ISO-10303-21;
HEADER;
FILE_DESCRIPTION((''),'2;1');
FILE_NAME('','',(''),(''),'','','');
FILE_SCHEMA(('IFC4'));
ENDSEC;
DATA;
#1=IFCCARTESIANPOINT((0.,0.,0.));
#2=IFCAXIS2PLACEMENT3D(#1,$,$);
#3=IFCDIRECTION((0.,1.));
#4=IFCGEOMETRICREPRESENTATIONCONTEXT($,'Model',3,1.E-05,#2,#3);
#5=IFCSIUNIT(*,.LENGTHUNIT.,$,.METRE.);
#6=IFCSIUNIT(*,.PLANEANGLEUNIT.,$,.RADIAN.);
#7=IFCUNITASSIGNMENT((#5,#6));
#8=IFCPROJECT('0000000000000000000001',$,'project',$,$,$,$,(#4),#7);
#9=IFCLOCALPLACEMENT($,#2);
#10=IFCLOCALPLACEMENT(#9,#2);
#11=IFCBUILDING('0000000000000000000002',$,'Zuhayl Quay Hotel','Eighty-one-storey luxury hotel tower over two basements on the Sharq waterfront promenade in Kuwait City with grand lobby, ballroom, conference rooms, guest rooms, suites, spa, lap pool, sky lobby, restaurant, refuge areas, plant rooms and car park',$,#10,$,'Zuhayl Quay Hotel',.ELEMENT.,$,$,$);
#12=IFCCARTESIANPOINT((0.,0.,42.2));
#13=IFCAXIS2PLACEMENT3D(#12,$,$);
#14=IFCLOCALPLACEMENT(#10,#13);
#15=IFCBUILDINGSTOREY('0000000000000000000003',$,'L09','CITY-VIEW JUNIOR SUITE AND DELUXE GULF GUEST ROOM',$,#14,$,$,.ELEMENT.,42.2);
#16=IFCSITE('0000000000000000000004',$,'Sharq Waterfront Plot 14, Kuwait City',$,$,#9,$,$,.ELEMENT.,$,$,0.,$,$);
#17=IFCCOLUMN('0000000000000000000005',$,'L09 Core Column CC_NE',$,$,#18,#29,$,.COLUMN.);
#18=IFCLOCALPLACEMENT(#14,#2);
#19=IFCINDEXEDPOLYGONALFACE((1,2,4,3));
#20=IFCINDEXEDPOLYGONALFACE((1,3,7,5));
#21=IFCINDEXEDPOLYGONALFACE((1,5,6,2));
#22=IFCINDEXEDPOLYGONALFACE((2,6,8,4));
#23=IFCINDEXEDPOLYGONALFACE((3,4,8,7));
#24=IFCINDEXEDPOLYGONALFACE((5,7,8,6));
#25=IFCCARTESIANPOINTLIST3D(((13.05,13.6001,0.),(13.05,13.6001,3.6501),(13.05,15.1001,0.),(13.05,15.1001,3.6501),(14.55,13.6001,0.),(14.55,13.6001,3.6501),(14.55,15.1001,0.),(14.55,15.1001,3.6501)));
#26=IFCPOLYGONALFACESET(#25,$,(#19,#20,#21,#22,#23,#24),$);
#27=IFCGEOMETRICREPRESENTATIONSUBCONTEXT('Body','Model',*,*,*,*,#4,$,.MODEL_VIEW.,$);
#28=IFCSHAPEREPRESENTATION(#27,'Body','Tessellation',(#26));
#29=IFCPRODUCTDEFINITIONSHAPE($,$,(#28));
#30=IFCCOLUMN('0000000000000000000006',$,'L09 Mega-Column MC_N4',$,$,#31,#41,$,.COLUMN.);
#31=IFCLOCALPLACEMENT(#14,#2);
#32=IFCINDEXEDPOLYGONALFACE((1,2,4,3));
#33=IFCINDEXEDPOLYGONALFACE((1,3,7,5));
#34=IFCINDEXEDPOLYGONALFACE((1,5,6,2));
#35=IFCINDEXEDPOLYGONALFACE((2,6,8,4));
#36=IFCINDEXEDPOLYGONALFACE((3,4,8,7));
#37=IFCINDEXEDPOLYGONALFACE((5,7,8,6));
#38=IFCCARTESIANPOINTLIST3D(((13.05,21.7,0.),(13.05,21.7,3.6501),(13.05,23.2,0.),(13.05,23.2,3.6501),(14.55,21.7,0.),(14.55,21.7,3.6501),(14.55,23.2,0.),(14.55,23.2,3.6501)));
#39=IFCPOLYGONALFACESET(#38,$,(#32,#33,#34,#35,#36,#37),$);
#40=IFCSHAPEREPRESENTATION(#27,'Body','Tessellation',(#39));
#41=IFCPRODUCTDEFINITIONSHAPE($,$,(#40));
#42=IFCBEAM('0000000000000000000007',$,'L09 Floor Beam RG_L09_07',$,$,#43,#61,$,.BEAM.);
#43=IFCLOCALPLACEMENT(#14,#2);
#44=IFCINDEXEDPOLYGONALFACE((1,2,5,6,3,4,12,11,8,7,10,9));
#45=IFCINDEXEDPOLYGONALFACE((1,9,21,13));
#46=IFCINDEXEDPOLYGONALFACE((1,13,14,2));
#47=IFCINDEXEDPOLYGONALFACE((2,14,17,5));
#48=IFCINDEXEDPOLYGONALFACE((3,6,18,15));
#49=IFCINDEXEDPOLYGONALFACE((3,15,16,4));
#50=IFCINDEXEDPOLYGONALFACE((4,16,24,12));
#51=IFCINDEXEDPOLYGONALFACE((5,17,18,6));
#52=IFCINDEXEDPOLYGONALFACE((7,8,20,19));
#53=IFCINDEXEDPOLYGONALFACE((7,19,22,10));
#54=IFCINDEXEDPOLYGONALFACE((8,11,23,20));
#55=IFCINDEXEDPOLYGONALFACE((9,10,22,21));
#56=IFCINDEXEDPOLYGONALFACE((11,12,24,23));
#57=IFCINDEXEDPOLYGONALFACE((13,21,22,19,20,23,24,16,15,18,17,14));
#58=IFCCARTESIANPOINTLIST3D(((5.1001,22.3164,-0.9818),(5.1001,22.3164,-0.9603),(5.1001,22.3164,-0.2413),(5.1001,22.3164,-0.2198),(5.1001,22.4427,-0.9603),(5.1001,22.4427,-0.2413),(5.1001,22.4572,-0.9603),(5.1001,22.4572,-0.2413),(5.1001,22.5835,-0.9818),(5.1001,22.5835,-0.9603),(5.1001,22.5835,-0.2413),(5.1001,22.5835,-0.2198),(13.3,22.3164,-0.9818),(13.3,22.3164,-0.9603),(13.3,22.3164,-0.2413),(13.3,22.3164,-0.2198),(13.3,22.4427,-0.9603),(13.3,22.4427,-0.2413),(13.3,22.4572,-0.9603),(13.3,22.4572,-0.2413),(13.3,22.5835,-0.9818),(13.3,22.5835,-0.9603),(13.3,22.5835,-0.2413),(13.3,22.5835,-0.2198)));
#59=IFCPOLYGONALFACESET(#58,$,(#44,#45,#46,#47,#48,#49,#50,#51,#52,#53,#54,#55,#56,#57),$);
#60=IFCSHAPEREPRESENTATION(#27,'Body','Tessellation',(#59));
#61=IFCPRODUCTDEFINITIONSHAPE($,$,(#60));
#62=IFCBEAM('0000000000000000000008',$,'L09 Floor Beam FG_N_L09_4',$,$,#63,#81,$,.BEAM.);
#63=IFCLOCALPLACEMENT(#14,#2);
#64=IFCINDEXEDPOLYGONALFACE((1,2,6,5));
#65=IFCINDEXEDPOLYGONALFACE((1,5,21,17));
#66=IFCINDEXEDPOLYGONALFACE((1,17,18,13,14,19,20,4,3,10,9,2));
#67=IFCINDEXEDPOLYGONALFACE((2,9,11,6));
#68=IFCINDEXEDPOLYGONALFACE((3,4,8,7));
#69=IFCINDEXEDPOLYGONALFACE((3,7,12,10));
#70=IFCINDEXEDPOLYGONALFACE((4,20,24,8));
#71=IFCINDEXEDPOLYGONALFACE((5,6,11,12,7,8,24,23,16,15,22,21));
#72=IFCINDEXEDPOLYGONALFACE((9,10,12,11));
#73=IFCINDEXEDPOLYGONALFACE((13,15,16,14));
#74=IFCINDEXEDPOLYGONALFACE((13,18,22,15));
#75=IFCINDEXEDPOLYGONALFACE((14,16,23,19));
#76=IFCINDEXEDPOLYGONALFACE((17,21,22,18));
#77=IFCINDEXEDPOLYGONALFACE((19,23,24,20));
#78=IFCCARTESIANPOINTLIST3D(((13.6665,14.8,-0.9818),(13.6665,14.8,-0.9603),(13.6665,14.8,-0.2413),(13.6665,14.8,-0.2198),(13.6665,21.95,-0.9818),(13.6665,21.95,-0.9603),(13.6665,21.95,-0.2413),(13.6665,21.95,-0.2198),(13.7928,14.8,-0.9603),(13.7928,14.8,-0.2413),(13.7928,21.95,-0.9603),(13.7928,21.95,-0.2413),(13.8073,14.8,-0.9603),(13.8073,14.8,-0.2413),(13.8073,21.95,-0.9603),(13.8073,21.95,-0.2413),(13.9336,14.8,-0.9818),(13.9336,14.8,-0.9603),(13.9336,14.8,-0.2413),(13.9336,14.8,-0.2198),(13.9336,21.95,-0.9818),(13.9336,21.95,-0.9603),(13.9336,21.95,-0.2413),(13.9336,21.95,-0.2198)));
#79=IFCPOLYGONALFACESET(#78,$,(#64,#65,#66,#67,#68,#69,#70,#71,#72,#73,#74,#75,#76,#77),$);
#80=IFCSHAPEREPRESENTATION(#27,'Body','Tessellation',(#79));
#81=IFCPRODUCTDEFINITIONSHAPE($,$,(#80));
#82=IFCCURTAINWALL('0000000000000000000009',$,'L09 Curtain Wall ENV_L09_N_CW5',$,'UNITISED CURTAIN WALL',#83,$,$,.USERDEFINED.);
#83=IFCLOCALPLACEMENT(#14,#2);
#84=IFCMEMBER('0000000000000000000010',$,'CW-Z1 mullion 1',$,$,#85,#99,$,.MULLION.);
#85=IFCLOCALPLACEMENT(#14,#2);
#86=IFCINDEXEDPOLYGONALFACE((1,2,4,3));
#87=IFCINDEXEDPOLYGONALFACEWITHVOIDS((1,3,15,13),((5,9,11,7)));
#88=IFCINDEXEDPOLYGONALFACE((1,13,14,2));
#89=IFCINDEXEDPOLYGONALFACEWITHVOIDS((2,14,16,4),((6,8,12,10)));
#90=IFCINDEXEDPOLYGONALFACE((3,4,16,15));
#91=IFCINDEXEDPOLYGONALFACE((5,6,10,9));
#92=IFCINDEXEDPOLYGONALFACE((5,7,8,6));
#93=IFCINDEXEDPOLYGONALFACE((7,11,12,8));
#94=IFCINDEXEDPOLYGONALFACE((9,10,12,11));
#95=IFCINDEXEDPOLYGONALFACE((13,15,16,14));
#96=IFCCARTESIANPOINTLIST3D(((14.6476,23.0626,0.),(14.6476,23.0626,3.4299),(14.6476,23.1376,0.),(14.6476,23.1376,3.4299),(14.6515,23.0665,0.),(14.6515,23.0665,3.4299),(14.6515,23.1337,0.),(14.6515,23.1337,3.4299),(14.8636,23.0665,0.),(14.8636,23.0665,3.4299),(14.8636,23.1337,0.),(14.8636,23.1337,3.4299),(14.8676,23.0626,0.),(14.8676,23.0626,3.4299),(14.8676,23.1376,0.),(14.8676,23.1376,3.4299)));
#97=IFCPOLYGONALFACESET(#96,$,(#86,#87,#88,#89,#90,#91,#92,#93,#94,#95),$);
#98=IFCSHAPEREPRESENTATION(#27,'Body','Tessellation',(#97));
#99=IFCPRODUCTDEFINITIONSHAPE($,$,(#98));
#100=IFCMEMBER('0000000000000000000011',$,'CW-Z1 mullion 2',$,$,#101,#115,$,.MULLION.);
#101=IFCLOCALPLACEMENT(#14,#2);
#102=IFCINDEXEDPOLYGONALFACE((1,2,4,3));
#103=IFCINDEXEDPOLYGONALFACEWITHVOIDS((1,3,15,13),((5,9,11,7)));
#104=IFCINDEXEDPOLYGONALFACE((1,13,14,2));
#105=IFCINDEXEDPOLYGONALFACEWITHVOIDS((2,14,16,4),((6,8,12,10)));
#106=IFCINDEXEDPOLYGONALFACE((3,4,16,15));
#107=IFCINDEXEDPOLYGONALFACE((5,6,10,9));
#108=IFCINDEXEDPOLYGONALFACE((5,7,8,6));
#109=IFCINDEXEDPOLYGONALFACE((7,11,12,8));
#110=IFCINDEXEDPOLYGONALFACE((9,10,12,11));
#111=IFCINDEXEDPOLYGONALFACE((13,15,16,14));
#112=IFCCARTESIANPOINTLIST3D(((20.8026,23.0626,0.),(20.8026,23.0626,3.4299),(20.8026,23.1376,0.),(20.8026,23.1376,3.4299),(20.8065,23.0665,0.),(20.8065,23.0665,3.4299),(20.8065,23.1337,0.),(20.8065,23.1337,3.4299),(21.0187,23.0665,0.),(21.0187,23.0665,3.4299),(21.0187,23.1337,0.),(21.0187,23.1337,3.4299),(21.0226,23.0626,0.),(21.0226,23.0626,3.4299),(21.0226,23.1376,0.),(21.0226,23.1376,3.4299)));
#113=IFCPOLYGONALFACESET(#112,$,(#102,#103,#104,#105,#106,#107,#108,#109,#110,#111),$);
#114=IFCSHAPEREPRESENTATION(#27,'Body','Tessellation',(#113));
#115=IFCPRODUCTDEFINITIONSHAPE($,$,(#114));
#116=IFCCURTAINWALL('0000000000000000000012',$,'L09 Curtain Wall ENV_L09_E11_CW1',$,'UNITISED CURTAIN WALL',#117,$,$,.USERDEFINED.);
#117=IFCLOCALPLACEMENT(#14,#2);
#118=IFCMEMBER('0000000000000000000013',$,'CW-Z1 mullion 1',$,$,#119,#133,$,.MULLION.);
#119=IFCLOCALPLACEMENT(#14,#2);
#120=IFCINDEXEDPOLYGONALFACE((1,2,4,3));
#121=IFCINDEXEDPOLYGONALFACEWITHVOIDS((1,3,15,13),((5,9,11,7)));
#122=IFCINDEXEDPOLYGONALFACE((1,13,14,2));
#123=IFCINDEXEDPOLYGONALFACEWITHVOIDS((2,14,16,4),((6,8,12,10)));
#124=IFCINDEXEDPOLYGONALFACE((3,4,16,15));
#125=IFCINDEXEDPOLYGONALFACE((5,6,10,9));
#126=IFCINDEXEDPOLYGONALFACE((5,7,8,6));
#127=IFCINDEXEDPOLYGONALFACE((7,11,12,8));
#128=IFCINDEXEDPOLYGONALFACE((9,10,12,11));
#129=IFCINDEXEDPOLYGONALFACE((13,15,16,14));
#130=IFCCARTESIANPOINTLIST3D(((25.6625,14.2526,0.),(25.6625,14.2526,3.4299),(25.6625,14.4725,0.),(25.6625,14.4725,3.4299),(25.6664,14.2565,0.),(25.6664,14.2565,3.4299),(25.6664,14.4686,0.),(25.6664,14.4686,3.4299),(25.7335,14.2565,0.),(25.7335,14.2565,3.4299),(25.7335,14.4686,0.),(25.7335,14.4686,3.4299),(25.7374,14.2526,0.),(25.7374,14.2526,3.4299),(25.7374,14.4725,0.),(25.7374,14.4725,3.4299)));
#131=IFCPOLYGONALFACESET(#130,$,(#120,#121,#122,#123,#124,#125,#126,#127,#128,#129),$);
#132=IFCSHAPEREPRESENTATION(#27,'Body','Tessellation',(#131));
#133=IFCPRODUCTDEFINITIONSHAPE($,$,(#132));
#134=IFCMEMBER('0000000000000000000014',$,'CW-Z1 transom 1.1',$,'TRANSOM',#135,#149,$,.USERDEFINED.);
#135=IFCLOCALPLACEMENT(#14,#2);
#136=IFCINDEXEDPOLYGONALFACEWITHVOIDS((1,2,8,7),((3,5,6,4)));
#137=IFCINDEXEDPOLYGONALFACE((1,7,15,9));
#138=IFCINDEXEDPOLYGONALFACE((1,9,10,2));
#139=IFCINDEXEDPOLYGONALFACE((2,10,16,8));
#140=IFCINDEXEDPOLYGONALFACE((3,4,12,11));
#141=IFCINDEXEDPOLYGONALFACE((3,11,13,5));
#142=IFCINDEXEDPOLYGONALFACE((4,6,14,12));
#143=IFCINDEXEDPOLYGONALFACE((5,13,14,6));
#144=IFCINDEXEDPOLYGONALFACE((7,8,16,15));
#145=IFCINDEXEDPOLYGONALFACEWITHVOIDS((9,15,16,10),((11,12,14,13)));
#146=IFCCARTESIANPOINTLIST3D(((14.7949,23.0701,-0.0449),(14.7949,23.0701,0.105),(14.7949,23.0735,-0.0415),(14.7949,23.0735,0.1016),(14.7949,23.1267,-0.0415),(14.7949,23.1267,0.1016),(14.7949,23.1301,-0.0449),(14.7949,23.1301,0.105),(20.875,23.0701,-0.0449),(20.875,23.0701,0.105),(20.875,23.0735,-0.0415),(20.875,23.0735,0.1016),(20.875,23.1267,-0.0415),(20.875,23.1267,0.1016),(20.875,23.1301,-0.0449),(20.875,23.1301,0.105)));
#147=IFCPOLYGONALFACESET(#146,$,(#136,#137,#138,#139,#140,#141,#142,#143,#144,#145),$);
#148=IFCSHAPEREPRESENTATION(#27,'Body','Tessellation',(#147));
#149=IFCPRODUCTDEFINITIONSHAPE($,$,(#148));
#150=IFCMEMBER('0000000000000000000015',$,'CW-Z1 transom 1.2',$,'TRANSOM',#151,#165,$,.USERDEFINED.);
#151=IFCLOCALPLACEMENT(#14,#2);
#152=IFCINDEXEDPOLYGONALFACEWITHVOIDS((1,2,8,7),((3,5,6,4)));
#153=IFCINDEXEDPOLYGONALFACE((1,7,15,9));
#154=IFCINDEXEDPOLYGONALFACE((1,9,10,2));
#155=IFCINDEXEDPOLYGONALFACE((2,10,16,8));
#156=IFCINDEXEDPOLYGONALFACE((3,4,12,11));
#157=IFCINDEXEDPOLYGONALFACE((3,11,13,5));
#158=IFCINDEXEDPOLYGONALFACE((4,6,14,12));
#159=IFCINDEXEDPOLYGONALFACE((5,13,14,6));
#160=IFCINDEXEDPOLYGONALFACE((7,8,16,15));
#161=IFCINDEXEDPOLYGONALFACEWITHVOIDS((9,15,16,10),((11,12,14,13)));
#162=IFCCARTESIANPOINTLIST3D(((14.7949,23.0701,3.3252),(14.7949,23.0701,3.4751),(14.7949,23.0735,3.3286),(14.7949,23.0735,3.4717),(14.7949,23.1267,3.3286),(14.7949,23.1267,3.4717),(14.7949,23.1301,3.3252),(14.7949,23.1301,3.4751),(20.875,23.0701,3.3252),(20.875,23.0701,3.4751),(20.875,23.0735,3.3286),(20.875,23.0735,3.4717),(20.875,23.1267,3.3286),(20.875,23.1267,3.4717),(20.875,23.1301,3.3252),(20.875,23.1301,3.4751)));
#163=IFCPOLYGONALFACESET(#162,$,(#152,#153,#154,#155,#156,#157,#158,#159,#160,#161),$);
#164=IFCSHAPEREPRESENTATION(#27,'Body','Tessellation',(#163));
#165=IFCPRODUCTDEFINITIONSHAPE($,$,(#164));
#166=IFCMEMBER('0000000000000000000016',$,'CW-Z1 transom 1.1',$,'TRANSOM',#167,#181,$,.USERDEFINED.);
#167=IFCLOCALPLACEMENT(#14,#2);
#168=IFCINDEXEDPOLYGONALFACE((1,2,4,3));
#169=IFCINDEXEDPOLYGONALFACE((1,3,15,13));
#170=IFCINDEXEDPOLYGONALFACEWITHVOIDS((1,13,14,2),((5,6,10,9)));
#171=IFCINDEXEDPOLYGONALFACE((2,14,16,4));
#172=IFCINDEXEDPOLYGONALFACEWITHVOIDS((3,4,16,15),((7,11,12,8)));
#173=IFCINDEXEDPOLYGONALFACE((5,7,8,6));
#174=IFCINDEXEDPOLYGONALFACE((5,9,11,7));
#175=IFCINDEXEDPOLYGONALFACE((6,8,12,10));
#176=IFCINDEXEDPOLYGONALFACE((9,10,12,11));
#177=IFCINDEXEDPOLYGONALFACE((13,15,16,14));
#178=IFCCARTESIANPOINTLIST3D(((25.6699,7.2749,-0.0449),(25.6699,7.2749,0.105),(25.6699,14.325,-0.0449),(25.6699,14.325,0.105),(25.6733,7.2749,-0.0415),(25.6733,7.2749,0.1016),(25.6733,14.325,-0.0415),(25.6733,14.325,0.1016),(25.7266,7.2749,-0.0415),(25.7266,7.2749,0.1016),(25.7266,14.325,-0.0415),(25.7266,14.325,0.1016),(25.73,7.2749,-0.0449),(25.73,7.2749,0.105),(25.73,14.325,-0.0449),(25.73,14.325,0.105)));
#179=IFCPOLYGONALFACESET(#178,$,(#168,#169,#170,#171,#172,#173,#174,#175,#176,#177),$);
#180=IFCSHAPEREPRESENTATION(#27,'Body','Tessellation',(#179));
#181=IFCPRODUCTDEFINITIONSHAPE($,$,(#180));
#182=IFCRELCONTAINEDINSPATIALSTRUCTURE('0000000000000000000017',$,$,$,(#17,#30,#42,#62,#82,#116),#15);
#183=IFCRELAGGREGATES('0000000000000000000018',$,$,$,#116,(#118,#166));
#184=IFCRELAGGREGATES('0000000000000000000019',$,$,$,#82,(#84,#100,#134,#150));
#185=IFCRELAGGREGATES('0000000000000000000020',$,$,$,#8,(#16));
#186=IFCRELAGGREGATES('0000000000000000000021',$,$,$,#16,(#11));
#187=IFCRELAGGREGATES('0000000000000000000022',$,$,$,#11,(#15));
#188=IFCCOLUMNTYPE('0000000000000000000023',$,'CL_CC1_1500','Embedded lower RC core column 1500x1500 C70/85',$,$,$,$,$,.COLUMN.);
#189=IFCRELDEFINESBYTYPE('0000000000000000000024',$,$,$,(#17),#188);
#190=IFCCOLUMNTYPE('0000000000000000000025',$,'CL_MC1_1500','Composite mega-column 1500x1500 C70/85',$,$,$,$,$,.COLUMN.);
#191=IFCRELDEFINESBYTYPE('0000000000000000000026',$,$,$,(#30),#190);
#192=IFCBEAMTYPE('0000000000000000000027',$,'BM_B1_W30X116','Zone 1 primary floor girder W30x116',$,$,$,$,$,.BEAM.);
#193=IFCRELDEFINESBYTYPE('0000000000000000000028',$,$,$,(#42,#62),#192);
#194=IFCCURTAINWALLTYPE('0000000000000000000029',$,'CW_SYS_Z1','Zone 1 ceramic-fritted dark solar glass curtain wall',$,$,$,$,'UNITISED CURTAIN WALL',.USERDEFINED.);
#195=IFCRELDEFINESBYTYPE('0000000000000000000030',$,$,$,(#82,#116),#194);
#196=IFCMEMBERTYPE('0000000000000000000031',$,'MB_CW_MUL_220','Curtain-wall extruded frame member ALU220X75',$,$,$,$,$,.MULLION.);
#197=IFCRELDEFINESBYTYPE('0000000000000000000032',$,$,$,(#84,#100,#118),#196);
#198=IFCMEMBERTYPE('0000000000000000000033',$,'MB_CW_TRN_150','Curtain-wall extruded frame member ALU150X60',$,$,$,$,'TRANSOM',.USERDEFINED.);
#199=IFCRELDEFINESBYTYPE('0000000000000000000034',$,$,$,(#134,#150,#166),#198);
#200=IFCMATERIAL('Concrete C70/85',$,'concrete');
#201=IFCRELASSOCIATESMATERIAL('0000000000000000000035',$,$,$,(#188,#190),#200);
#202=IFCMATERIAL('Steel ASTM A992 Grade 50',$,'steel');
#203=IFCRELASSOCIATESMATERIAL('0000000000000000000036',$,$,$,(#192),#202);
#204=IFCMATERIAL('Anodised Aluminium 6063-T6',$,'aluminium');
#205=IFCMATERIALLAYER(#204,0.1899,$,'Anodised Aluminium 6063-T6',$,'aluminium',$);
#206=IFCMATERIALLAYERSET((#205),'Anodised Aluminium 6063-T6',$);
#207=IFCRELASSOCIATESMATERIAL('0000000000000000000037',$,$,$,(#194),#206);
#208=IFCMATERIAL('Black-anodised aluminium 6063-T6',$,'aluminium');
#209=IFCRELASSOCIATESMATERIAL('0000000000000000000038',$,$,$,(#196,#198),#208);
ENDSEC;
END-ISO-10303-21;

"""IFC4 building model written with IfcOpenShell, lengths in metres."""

from ifc_helpers import new_model, si_unit, direction, frame, origin, origin_2d, place, context, subcontext, project, spatial, rectangle, hollow_rectangle, i_section, extrude, material, layer, layer_set, material_profile, profile_set, type_object, element, aggregate, save


model = new_model("IFC4")

# Units and contexts
model_context = context("Model", 3, precision=1e-05, world=origin(), true_north=direction((0.0, 1.0)))
body_context = subcontext(model_context, "Body", "Model", "MODEL_VIEW")
ifc_project = project(units=[si_unit("LENGTHUNIT", "METRE"), si_unit("PLANEANGLEUNIT", "RADIAN")], contexts=[model_context])

# Site, building, storey
site_placement = place(None, origin())
site = spatial("IfcSite", under=ifc_project, at=site_placement, Name="Sharq Waterfront Plot 14, Kuwait City", CompositionType="ELEMENT", RefElevation=0.0)
building_placement = place(site_placement, origin())
building = spatial("IfcBuilding", under=site, at=building_placement, Name="Zuhayl Quay Hotel", Description="Eighty-one-storey luxury hotel tower over two basements on the Sharq waterfront promenade in Kuwait City with grand lobby, ballroom, conference rooms, guest rooms, suites, spa, lap pool, sky lobby, restaurant, refuge areas, plant rooms and car park", LongName="Zuhayl Quay Hotel", CompositionType="ELEMENT")
storey_placement = place(building_placement, frame((0.0, 0.0, 42.2)))
storey = spatial("IfcBuildingStorey", under=building, at=storey_placement, Name="L09", Description="CITY-VIEW JUNIOR SUITE AND DELUXE GULF GUEST ROOM", CompositionType="ELEMENT", Elevation=42.2)

# Columns
ifc_material_1 = material(Name="Concrete C70/85", Category="concrete")
ifc_material_profile_1 = material_profile(ifc_material_1, rectangle(XDim=1.5, YDim=1.5, at=origin_2d()), Name="RC1500X1500")
ifc_profile_set_1 = profile_set([ifc_material_profile_1], Name="Concrete C70/85")
column_type_1 = type_object("IfcColumnType", Name="CL_CC1_1500", Description="Embedded lower RC core column 1500x1500 C70/85", PredefinedType="COLUMN", material=ifc_profile_set_1)
column_1_placement = place(storey_placement, frame((13.8, 14.3501, 0.0), z_axis=(0.0, 0.0, 1.0), x_axis=(1.0, 0.0, 0.0)))
element("IfcColumn", 1, at=column_1_placement, inside=storey, type_object=column_type_1, Name="L09 Core Column CC_NE", PredefinedType="COLUMN", context=body_context, shape_type="SweptSolid", body=[
    extrude(rectangle(XDim=1.5, YDim=1.5, at=origin_2d()), origin(), (0.0, 0.0, 1.0), 3.6501),
])
ifc_material_profile_2 = material_profile(ifc_material_1, rectangle(XDim=1.5, YDim=1.5, at=origin_2d()), Name="RC1500X1500")
ifc_profile_set_2 = profile_set([ifc_material_profile_2], Name="Concrete C70/85")
column_type_2 = type_object("IfcColumnType", Name="CL_MC1_1500", Description="Composite mega-column 1500x1500 C70/85", PredefinedType="COLUMN", material=ifc_profile_set_2)
column_2_placement = place(storey_placement, frame((13.8, 22.45, 0.0), z_axis=(0.0, 0.0, 1.0), x_axis=(1.0, 0.0, 0.0)))
element("IfcColumn", 2, at=column_2_placement, inside=storey, type_object=column_type_2, Name="L09 Mega-Column MC_N4", PredefinedType="COLUMN", context=body_context, shape_type="SweptSolid", body=[
    extrude(rectangle(XDim=1.5, YDim=1.5, at=origin_2d()), origin(), (0.0, 0.0, 1.0), 3.6501),
])

# Beams
ifc_material_2 = material(Name="Steel ASTM A992 Grade 50", Category="steel")
ifc_material_profile_3 = material_profile(ifc_material_2, i_section(OverallWidth=0.2671, OverallDepth=0.762, WebThickness=0.0144, FlangeThickness=0.0215, at=origin_2d()), Name="W30X116")
ifc_profile_set_3 = profile_set([ifc_material_profile_3], Name="Steel ASTM A992 Grade 50")
beam_type = type_object("IfcBeamType", Name="BM_B1_W30X116", Description="Zone 1 primary floor girder W30x116", PredefinedType="BEAM", material=ifc_profile_set_3)
beam_1_placement = place(storey_placement, frame((13.3, 22.45, -0.6008), z_axis=(-1.0, 0.0, 0.0), x_axis=(0.0, -1.0, 0.0)))
element("IfcBeam", 3, at=beam_1_placement, inside=storey, type_object=beam_type, Name="L09 Floor Beam RG_L09_07", PredefinedType="BEAM", context=body_context, shape_type="SweptSolid", body=[
    extrude(i_section(OverallWidth=0.2671, OverallDepth=0.762, WebThickness=0.0144, FlangeThickness=0.0215, at=origin_2d()), origin(), (0.0, 0.0, 1.0), 8.2),
])
beam_2_placement = place(storey_placement, frame((13.8, 14.8, -0.6008), z_axis=(0.0, 1.0, 0.0), x_axis=(-1.0, 0.0, 0.0)))
element("IfcBeam", 4, at=beam_2_placement, inside=storey, type_object=beam_type, Name="L09 Floor Beam FG_N_L09_4", PredefinedType="BEAM", context=body_context, shape_type="SweptSolid", body=[
    extrude(i_section(OverallWidth=0.2671, OverallDepth=0.762, WebThickness=0.0144, FlangeThickness=0.0215, at=origin_2d()), origin(), (0.0, 0.0, 1.0), 7.1499),
])

# Curtain wall, members
ifc_material_3 = material(Name="Anodised Aluminium 6063-T6", Category="aluminium")
ifc_layer_1 = layer(ifc_material_3, 0.1899, Name="Anodised Aluminium 6063-T6", Category="aluminium")
ifc_layer_set_1 = layer_set([ifc_layer_1], Name="Anodised Aluminium 6063-T6")
curtain_wall_type = type_object("IfcCurtainWallType", Name="CW_SYS_Z1", Description="Zone 1 ceramic-fritted dark solar glass curtain wall", ElementType="UNITISED CURTAIN WALL", PredefinedType="USERDEFINED", material=ifc_layer_set_1)
curtain_wall_1_placement = place(storey_placement, origin())
curtain_wall_1 = element("IfcCurtainWall", 5, at=curtain_wall_1_placement, inside=storey, type_object=curtain_wall_type, Name="L09 Curtain Wall ENV_L09_N_CW5", ObjectType="UNITISED CURTAIN WALL", PredefinedType="USERDEFINED")
ifc_material_4 = material(Name="Black-anodised aluminium 6063-T6", Category="aluminium")
ifc_material_profile_4 = material_profile(ifc_material_4, hollow_rectangle(XDim=0.075, YDim=0.22, WallThickness=0.0039, at=origin_2d()), Name="ALU220X75")
ifc_profile_set_4 = profile_set([ifc_material_profile_4], Name="Black-anodised aluminium 6063-T6")
member_type_1 = type_object("IfcMemberType", Name="MB_CW_MUL_220", Description="Curtain-wall extruded frame member ALU220X75", PredefinedType="MULLION", material=ifc_profile_set_4)
member_1_placement = place(storey_placement, frame((14.7576, 23.1001, 0.0), z_axis=(0.0, 0.0, 1.0), x_axis=(0.0, 1.0, 0.0)))
member_1 = element("IfcMember", 6, at=member_1_placement, type_object=member_type_1, Name="CW-Z1 mullion 1", PredefinedType="MULLION", context=body_context, shape_type="SweptSolid", body=[
    extrude(hollow_rectangle(XDim=0.075, YDim=0.22, WallThickness=0.0039, at=origin_2d()), origin(), (0.0, 0.0, 1.0), 3.4299),
])
member_2_placement = place(storey_placement, frame((20.9126, 23.1001, 0.0), z_axis=(0.0, 0.0, 1.0), x_axis=(0.0, 1.0, 0.0)))
member_2 = element("IfcMember", 7, at=member_2_placement, type_object=member_type_1, Name="CW-Z1 mullion 2", PredefinedType="MULLION", context=body_context, shape_type="SweptSolid", body=[
    extrude(hollow_rectangle(XDim=0.075, YDim=0.22, WallThickness=0.0039, at=origin_2d()), origin(), (0.0, 0.0, 1.0), 3.4299),
])

# Curtain wall, member
curtain_wall_2_placement = place(storey_placement, origin())
curtain_wall_2 = element("IfcCurtainWall", 8, at=curtain_wall_2_placement, inside=storey, type_object=curtain_wall_type, Name="L09 Curtain Wall ENV_L09_E11_CW1", ObjectType="UNITISED CURTAIN WALL", PredefinedType="USERDEFINED")
member_3_placement = place(storey_placement, frame((25.7, 14.3625, 0.0), z_axis=(0.0, 0.0, 1.0), x_axis=(1.0, 0.0, 0.0)))
member_3 = element("IfcMember", 9, at=member_3_placement, type_object=member_type_1, Name="CW-Z1 mullion 1", PredefinedType="MULLION", context=body_context, shape_type="SweptSolid", body=[
    extrude(hollow_rectangle(XDim=0.075, YDim=0.22, WallThickness=0.0039, at=origin_2d()), origin(), (0.0, 0.0, 1.0), 3.4299),
])

# Members
ifc_material_profile_5 = material_profile(ifc_material_4, hollow_rectangle(XDim=0.0601, YDim=0.1499, WallThickness=0.0034, at=origin_2d()), Name="ALU150X60")
ifc_profile_set_5 = profile_set([ifc_material_profile_5], Name="Black-anodised aluminium 6063-T6")
member_type_2 = type_object("IfcMemberType", Name="MB_CW_TRN_150", Description="Curtain-wall extruded frame member ALU150X60", ElementType="TRANSOM", PredefinedType="USERDEFINED", material=ifc_profile_set_5)
member_4_placement = place(storey_placement, frame((14.7949, 23.1001, 0.03), z_axis=(1.0, 0.0, 0.0), x_axis=(0.0, 1.0, 0.0)))
member_4 = element("IfcMember", 10, at=member_4_placement, type_object=member_type_2, Name="CW-Z1 transom 1.1", ObjectType="TRANSOM", PredefinedType="USERDEFINED", context=body_context, shape_type="SweptSolid", body=[
    extrude(hollow_rectangle(XDim=0.0601, YDim=0.1499, WallThickness=0.0034, at=origin_2d()), origin(), (0.0, 0.0, 1.0), 6.0801),
])
member_5_placement = place(storey_placement, frame((14.7949, 23.1001, 3.4001), z_axis=(1.0, 0.0, 0.0), x_axis=(0.0, 1.0, 0.0)))
member_5 = element("IfcMember", 11, at=member_5_placement, type_object=member_type_2, Name="CW-Z1 transom 1.2", ObjectType="TRANSOM", PredefinedType="USERDEFINED", context=body_context, shape_type="SweptSolid", body=[
    extrude(hollow_rectangle(XDim=0.0601, YDim=0.1499, WallThickness=0.0034, at=origin_2d()), origin(), (0.0, 0.0, 1.0), 6.0801),
])
member_6_placement = place(storey_placement, frame((25.7, 14.325, 0.03), z_axis=(0.0, -1.0, 0.0), x_axis=(1.0, 0.0, 0.0)))
member_6 = element("IfcMember", 12, at=member_6_placement, type_object=member_type_2, Name="CW-Z1 transom 1.1", ObjectType="TRANSOM", PredefinedType="USERDEFINED", context=body_context, shape_type="SweptSolid", body=[
    extrude(hollow_rectangle(XDim=0.0601, YDim=0.1499, WallThickness=0.0034, at=origin_2d()), origin(), (0.0, 0.0, 1.0), 7.05),
])
aggregate(curtain_wall_2, [member_3, member_6])

aggregate(curtain_wall_1, [member_1, member_2, member_4, member_5])

save(model, "model.ifc")
